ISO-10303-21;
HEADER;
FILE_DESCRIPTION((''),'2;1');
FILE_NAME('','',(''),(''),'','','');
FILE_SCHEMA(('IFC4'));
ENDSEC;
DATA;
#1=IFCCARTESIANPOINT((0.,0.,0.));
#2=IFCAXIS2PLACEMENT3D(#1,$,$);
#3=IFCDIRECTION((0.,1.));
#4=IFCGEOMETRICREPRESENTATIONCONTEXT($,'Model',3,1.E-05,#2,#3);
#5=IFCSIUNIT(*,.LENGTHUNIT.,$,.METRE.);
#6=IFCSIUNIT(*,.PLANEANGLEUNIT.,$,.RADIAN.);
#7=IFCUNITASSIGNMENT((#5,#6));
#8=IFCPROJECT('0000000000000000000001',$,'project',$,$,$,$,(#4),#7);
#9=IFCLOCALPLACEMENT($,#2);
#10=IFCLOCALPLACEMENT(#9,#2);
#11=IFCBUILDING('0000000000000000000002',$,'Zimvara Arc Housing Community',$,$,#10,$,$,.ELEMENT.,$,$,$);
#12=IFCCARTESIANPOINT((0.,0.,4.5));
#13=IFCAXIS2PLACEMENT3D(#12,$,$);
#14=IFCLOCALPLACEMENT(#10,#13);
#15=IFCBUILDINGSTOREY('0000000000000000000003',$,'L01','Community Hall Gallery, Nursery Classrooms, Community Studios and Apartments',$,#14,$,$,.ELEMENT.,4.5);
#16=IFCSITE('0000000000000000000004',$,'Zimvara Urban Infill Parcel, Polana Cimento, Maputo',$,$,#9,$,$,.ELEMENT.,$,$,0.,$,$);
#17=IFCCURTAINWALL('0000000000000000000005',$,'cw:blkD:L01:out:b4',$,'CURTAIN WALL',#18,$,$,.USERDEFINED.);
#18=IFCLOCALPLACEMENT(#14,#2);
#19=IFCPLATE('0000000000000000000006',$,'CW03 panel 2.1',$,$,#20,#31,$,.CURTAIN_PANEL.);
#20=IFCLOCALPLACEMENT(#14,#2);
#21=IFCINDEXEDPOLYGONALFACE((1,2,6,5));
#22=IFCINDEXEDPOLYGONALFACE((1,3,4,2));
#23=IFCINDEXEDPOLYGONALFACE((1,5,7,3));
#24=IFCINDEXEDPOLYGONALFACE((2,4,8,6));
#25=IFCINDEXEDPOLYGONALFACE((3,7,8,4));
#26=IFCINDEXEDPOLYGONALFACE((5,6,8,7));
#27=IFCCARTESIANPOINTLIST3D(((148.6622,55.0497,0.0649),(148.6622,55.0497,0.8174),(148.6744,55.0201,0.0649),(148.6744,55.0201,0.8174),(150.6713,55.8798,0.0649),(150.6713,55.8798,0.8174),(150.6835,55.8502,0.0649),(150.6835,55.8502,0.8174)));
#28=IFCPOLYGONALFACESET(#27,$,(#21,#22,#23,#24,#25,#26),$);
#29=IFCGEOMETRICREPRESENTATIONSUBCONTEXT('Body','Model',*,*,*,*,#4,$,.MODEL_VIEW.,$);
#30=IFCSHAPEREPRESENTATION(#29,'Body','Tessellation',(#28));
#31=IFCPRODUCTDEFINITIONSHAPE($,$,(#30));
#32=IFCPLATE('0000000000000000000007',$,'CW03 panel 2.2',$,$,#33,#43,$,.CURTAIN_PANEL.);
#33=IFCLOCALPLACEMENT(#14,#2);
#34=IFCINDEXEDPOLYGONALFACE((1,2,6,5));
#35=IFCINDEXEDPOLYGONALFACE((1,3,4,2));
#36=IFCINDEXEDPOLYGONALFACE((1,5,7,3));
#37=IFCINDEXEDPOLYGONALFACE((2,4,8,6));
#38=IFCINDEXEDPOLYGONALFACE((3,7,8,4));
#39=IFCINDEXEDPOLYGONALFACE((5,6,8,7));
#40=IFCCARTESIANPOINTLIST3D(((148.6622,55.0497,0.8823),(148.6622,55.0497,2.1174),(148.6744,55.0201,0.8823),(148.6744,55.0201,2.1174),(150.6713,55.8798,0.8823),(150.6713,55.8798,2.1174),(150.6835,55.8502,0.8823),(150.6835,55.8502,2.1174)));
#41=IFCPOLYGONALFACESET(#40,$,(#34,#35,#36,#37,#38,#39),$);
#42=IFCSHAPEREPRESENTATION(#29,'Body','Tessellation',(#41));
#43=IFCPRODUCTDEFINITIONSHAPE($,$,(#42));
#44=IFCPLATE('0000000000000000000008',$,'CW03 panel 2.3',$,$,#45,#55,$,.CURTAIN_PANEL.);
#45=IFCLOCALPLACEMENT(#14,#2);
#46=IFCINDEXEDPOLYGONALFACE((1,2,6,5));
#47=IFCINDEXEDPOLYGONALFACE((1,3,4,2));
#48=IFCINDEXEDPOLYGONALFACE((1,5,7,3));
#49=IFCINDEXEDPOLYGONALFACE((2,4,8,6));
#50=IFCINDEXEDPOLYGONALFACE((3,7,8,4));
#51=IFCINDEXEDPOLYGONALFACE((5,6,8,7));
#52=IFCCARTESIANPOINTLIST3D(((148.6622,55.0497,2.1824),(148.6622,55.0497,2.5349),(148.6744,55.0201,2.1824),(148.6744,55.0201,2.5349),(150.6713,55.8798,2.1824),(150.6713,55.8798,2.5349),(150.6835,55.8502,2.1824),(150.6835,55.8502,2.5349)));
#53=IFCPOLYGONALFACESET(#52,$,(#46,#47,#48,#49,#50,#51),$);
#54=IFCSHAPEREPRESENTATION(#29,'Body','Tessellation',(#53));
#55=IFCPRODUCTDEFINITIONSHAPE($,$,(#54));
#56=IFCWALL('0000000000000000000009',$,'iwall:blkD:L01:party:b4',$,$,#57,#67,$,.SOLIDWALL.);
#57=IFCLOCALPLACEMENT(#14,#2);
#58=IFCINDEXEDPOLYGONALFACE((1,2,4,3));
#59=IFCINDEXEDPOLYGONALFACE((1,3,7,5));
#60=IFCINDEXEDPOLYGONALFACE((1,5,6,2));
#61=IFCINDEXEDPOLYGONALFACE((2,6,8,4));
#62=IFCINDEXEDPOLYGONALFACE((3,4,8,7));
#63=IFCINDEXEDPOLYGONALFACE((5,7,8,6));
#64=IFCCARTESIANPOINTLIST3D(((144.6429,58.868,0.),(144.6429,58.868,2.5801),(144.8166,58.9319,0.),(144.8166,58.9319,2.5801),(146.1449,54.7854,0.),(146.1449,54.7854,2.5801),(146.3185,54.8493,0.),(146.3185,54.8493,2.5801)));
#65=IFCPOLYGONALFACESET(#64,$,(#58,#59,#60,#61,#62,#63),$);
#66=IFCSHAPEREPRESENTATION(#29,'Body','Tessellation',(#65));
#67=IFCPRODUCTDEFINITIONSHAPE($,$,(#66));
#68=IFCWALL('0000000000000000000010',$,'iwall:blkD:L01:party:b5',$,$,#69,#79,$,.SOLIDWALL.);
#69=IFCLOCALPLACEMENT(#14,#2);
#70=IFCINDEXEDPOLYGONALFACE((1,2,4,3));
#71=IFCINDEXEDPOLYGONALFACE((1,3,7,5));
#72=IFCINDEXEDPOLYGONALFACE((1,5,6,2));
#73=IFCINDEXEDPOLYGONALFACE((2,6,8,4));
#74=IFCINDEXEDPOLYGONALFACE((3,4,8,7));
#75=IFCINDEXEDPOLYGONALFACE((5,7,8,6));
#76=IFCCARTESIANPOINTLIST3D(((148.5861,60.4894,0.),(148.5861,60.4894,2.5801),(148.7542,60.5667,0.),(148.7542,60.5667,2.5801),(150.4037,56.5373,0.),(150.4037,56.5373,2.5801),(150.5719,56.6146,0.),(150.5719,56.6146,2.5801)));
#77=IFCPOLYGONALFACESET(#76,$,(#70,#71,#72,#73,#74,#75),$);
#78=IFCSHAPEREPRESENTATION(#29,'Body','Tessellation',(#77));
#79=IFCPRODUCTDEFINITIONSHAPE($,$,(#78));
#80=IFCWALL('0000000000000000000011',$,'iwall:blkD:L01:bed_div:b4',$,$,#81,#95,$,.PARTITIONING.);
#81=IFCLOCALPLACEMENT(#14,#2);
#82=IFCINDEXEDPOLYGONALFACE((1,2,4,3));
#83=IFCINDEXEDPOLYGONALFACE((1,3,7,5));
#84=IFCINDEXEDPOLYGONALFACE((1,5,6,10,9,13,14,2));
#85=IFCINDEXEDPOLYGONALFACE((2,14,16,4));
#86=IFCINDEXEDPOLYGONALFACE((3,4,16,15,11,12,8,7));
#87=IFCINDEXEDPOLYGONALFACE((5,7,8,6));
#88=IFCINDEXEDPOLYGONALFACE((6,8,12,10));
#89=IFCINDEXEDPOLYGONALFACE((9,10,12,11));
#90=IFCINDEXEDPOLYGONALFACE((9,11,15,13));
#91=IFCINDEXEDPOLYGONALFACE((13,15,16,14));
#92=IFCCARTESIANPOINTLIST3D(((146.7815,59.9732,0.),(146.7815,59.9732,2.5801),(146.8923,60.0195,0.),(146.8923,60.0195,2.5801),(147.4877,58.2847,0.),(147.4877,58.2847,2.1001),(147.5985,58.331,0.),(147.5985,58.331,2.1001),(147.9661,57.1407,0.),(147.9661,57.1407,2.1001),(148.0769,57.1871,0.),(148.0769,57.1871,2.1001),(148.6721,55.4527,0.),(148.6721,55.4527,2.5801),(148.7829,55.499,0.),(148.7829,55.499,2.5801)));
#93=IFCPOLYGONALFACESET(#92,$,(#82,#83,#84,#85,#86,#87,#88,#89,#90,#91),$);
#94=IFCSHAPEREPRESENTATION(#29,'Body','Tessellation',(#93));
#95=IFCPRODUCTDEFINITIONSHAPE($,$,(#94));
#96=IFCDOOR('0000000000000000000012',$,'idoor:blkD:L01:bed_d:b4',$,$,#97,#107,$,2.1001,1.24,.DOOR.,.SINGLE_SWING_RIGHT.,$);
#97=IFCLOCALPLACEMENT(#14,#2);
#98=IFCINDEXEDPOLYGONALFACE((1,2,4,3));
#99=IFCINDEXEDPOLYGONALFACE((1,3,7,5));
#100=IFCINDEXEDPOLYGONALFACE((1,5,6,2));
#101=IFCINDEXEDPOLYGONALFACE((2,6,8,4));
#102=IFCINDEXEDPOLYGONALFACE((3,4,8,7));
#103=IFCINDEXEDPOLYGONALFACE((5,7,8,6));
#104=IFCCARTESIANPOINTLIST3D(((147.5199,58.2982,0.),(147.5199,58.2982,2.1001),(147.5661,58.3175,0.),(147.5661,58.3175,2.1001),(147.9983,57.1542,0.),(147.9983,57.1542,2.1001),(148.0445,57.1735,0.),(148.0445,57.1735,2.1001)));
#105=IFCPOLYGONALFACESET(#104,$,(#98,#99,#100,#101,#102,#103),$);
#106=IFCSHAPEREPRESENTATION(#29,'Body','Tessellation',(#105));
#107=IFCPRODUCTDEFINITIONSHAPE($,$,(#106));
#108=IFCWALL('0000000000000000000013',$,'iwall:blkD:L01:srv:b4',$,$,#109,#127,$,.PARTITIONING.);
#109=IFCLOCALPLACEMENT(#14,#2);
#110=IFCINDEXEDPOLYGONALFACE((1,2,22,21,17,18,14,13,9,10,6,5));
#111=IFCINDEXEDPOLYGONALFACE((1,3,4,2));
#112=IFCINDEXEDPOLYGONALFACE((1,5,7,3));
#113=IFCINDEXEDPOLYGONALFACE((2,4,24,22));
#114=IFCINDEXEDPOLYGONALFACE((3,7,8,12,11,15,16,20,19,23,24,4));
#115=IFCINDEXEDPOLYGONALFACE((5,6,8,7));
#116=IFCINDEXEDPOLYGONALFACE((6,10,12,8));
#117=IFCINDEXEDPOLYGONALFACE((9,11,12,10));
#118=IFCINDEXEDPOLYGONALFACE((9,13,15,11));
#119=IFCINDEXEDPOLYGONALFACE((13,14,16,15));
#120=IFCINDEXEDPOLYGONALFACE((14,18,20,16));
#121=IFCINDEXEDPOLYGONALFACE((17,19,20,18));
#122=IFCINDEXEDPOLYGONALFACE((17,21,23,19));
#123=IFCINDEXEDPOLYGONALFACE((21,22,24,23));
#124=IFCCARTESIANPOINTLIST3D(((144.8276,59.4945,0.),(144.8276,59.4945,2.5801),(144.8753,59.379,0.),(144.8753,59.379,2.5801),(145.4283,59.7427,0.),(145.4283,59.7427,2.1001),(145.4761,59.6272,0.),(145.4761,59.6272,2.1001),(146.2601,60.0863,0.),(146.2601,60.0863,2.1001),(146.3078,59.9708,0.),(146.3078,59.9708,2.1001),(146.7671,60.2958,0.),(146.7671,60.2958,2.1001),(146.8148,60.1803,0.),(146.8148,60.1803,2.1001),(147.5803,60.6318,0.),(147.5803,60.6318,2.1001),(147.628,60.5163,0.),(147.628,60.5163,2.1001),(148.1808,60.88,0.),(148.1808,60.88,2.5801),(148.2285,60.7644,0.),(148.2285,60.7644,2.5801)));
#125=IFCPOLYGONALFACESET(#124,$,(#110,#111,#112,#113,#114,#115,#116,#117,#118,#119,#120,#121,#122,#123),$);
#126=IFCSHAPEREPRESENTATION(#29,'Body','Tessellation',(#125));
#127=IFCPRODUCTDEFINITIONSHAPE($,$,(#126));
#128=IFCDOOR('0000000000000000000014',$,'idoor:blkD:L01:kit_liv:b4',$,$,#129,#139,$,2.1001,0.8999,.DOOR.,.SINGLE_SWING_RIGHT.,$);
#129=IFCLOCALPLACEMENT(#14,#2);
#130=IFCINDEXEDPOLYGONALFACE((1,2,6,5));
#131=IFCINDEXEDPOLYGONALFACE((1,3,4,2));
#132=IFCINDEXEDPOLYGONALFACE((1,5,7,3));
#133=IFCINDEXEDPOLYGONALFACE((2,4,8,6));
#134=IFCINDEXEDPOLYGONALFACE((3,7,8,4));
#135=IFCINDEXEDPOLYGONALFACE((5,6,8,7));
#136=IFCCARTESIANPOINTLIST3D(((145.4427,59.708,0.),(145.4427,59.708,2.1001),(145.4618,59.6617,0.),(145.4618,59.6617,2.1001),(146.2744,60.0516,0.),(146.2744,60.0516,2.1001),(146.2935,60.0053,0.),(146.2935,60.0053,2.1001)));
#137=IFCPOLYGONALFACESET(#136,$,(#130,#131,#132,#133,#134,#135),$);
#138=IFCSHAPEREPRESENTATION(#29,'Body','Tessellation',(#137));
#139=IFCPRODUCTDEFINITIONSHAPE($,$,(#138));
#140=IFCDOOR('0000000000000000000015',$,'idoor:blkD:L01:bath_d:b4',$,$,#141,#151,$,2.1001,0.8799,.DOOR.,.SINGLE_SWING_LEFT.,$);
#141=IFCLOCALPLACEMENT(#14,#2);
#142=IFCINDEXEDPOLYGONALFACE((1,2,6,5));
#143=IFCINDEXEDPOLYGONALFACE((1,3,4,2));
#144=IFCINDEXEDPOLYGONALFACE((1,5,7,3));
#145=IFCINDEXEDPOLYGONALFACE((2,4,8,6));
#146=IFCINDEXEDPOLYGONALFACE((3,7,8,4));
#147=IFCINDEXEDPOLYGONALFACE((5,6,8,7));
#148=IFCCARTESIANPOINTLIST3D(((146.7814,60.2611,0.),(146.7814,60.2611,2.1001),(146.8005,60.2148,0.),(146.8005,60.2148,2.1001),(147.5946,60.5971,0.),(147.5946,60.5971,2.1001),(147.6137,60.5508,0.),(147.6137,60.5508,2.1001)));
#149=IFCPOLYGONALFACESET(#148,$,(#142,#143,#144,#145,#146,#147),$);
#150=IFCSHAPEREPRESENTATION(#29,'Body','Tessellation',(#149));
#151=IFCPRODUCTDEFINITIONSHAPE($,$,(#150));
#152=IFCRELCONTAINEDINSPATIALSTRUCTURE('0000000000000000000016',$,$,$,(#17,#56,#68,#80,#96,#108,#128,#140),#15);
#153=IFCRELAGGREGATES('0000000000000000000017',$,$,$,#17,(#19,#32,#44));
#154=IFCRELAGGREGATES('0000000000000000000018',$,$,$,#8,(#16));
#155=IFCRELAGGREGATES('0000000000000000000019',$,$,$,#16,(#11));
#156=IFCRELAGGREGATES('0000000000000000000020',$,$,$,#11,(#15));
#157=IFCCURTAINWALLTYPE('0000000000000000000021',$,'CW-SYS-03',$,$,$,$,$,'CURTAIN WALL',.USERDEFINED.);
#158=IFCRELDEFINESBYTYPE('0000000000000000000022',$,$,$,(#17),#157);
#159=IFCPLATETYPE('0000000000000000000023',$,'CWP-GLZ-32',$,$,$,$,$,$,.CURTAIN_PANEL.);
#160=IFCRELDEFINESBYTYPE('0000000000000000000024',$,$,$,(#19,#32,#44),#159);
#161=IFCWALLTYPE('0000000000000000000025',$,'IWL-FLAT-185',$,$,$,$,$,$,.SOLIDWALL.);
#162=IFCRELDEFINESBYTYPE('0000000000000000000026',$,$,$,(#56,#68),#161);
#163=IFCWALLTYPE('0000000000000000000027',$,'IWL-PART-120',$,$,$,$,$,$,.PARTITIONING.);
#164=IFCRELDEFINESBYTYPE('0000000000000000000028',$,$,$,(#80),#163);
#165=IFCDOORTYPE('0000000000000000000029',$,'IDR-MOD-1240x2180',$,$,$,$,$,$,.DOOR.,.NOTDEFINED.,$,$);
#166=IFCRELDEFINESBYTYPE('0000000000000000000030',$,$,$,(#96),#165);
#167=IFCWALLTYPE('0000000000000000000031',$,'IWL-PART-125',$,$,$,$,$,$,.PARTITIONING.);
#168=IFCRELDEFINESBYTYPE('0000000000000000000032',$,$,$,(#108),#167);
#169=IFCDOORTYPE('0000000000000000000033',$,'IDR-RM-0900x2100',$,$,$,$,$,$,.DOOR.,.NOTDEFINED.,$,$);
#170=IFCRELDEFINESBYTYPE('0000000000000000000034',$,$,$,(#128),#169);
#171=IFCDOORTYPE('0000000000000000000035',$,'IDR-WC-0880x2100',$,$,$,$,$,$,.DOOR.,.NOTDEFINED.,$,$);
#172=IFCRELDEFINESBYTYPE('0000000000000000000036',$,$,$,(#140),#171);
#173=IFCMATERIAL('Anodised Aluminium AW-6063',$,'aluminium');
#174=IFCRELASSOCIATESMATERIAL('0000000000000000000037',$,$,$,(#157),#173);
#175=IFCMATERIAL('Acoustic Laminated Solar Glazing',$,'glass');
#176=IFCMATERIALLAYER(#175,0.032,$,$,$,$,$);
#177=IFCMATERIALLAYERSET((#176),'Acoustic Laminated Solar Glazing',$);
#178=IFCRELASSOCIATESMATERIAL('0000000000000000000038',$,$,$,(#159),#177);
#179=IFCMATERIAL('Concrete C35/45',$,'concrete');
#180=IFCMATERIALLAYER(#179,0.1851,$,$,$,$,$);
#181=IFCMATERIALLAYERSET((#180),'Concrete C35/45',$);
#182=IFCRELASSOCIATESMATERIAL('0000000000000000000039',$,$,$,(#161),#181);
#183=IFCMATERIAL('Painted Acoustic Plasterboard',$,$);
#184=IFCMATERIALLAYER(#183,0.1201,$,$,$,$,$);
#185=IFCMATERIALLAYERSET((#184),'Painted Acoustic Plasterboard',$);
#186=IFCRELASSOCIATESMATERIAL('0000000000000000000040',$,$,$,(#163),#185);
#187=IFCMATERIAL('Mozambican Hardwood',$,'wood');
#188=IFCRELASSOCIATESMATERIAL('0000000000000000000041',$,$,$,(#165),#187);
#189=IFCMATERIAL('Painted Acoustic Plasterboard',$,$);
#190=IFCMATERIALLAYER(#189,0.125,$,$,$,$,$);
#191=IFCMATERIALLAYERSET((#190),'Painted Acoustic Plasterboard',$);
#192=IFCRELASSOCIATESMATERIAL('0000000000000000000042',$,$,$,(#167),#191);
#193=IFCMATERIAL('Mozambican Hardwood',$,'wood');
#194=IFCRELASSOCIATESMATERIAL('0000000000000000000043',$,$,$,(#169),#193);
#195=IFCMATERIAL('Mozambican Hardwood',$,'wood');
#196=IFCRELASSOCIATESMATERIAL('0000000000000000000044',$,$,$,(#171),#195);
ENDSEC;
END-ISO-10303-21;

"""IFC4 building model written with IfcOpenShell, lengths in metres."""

from ifc_helpers import new_model, si_unit, direction, frame, frame_2d, origin, origin_2d, place, context, subcontext, project, spatial, rectangle, extrude, material, layer, layer_set, type_object, element, fill, aggregate, save


model = new_model("IFC4")

# Units and contexts
model_context = context("Model", 3, precision=1e-05, world=origin(), true_north=direction((0.0, 1.0)))
body_context = subcontext(model_context, "Body", "Model", "MODEL_VIEW")
ifc_project = project(units=[si_unit("LENGTHUNIT", "METRE"), si_unit("PLANEANGLEUNIT", "RADIAN")], contexts=[model_context])

# Site, building, storey
site_placement = place(None, origin())
site = spatial("IfcSite", under=ifc_project, at=site_placement, Name="Zimvara Urban Infill Parcel, Polana Cimento, Maputo", CompositionType="ELEMENT", RefElevation=0.0)
building_placement = place(site_placement, origin())
building = spatial("IfcBuilding", under=site, at=building_placement, Name="Zimvara Arc Housing Community", CompositionType="ELEMENT")
storey_placement = place(building_placement, frame((0.0, 0.0, 4.5)))
storey = spatial("IfcBuildingStorey", under=building, at=storey_placement, Name="L01", Description="Community Hall Gallery, Nursery Classrooms, Community Studios and Apartments", CompositionType="ELEMENT", Elevation=4.5)

# Curtain wall
ifc_material_1 = material(Name="Anodised Aluminium AW-6063", Category="aluminium")
curtain_wall_type_1 = type_object("IfcCurtainWallType", Name="CW-SYS-03", ElementType="CURTAIN WALL", PredefinedType="USERDEFINED", material=ifc_material_1)
curtain_wall_1_placement = place(storey_placement, origin())
curtain_wall_1 = element("IfcCurtainWall", 1, at=curtain_wall_1_placement, inside=storey, type_object=curtain_wall_type_1, Name="cw:blkD:L01:out:b4", ObjectType="CURTAIN WALL", PredefinedType="USERDEFINED")

# Plates
ifc_material_2 = material(Name="Acoustic Laminated Solar Glazing", Category="glass")
ifc_layer_1 = layer(ifc_material_2, 0.032)
ifc_layer_set_1 = layer_set([ifc_layer_1], Name="Acoustic Laminated Solar Glazing")
plate_type = type_object("IfcPlateType", Name="CWP-GLZ-32", PredefinedType="CURTAIN_PANEL", material=ifc_layer_set_1)
plate_1_placement = place(storey_placement, frame((149.6729, 55.45, 0.0649), z_axis=(0.0, 0.0, 1.0), x_axis=(0.924213, 0.381876, 0.0)))
plate_1 = element("IfcPlate", 2, at=plate_1_placement, type_object=plate_type, Name="CW03 panel 2.1", PredefinedType="CURTAIN_PANEL", context=body_context, shape_type="SweptSolid", body=[
    extrude(rectangle(XDim=2.1738, YDim=0.032, at=origin_2d()), origin(), (0.0, 0.0, 1.0), 0.7524),
])
plate_2_placement = place(storey_placement, frame((149.6729, 55.45, 0.8823), z_axis=(0.0, 0.0, 1.0), x_axis=(0.924213, 0.381876, 0.0)))
plate_2 = element("IfcPlate", 3, at=plate_2_placement, type_object=plate_type, Name="CW03 panel 2.2", PredefinedType="CURTAIN_PANEL", context=body_context, shape_type="SweptSolid", body=[
    extrude(rectangle(XDim=2.1738, YDim=0.032, at=origin_2d()), origin(), (0.0, 0.0, 1.0), 1.2351),
])
plate_3_placement = place(storey_placement, frame((149.6729, 55.45, 2.1824), z_axis=(0.0, 0.0, 1.0), x_axis=(0.924213, 0.381876, 0.0)))
plate_3 = element("IfcPlate", 4, at=plate_3_placement, type_object=plate_type, Name="CW03 panel 2.3", PredefinedType="CURTAIN_PANEL", context=body_context, shape_type="SweptSolid", body=[
    extrude(rectangle(XDim=2.1738, YDim=0.032, at=origin_2d()), origin(), (0.0, 0.0, 1.0), 0.3525),
])
aggregate(curtain_wall_1, [plate_1, plate_2, plate_3])

# Walls
ifc_material_3 = material(Name="Concrete C35/45", Category="concrete")
ifc_layer_2 = layer(ifc_material_3, 0.1851)
ifc_layer_set_2 = layer_set([ifc_layer_2], Name="Concrete C35/45")
wall_type_1 = type_object("IfcWallType", Name="IWL-FLAT-185", PredefinedType="SOLIDWALL", material=ifc_layer_set_2)
for number, where, z_axis, x_axis, name in (
    (5, (144.7297, 58.8999, 0.0), (0.0, 0.0, 1.0), (0.345274, -0.938502, 0.0), "iwall:blkD:L01:party:b4"),
    (6, (148.6702, 60.5281, 0.0), (0.0, 0.0, 1.0), (0.417837, -0.908522, 0.0), "iwall:blkD:L01:party:b5"),
):
    element("IfcWall", number, at=place(storey_placement, frame(where, z_axis=z_axis, x_axis=x_axis)), inside=storey, type_object=wall_type_1, Name=name, PredefinedType="SOLIDWALL", context=body_context, shape_type="SweptSolid", body=[
        extrude(rectangle(XDim=4.3501, YDim=0.1851, at=frame_2d((2.175, 0.0))), origin(), (0.0, 0.0, 1.0), 2.5801),
    ])

# Wall, opening, door
ifc_material_4 = material(Name="Painted Acoustic Plasterboard")
ifc_layer_3 = layer(ifc_material_4, 0.1201)
ifc_layer_set_3 = layer_set([ifc_layer_3], Name="Painted Acoustic Plasterboard")
wall_type_2 = type_object("IfcWallType", Name="IWL-PART-120", PredefinedType="PARTITIONING", material=ifc_layer_set_3)
wall_1_placement = place(storey_placement, frame((146.8369, 59.9963, 0.0), z_axis=(0.0, 0.0, 1.0), x_axis=(0.385846, -0.922563, 0.0)))
wall_1 = element("IfcWall", 7, at=wall_1_placement, inside=storey, type_object=wall_type_2, Name="iwall:blkD:L01:bed_div:b4", PredefinedType="PARTITIONING", context=body_context, shape_type="SweptSolid", body=[
    extrude(rectangle(XDim=4.8999, YDim=0.1201, at=frame_2d((2.45, 0.0))), origin(), (0.0, 0.0, 1.0), 2.5801),
])
opening_1_placement = place(wall_1_placement, frame((1.8301, 0.0, 0.0)))
opening_1 = element("IfcOpeningElement", 8, at=opening_1_placement, cuts=wall_1, PredefinedType="OPENING", context=body_context, shape_type="SweptSolid", body=[
    extrude(rectangle(XDim=1.24, YDim=2.1001, at=frame_2d((0.6201, 1.05))), frame((0.0, 0.0701, 0.0), z_axis=(0.0, -1.0, 0.0), x_axis=(1.0, 0.0, 0.0)), (0.0, 0.0, 1.0), 0.1401),
])
ifc_material_5 = material(Name="Mozambican Hardwood", Category="wood")
door_type_1 = type_object("IfcDoorType", Name="IDR-MOD-1240x2180", OperationType="NOTDEFINED", PredefinedType="DOOR", material=ifc_material_5)
door_1_placement = place(opening_1_placement, origin())
door_1 = element("IfcDoor", 9, at=door_1_placement, inside=storey, type_object=door_type_1, Name="idoor:blkD:L01:bed_d:b4", OperationType="SINGLE_SWING_RIGHT", OverallHeight=2.1001, OverallWidth=1.24, PredefinedType="DOOR", context=body_context, shape_type="SweptSolid", body=[
    extrude(rectangle(XDim=1.24, YDim=2.1001, at=frame_2d((0.6201, 1.05))), frame((0.0, 0.0249, 0.0), z_axis=(0.0, -1.0, 0.0), x_axis=(1.0, 0.0, 0.0)), (0.0, 0.0, 1.0), 0.05),
])
fill(opening_1, door_1)

# Wall, openings, doors
ifc_material_6 = material(Name="Painted Acoustic Plasterboard")
ifc_layer_4 = layer(ifc_material_6, 0.125)
ifc_layer_set_4 = layer_set([ifc_layer_4], Name="Painted Acoustic Plasterboard")
wall_type_3 = type_object("IfcWallType", Name="IWL-PART-125", PredefinedType="PARTITIONING", material=ifc_layer_set_4)
wall_2_placement = place(storey_placement, frame((144.8516, 59.4368, 0.0), z_axis=(0.0, 0.0, 1.0), x_axis=(0.924218, 0.381866, 0.0)))
wall_2 = element("IfcWall", 10, at=wall_2_placement, inside=storey, type_object=wall_type_3, Name="iwall:blkD:L01:srv:b4", PredefinedType="PARTITIONING", context=body_context, shape_type="SweptSolid", body=[
    extrude(rectangle(XDim=3.6282, YDim=0.125, at=frame_2d((1.814, 0.0))), origin(), (0.0, 0.0, 1.0), 2.5801),
])
opening_2_placement = place(wall_2_placement, frame((0.6499, 0.0, 0.0)))
opening_2 = element("IfcOpeningElement", 11, at=opening_2_placement, cuts=wall_2, PredefinedType="OPENING", context=body_context, shape_type="SweptSolid", body=[
    extrude(rectangle(XDim=0.8999, YDim=2.1001, at=frame_2d((0.45, 1.05))), frame((0.0, 0.0725, 0.0), z_axis=(0.0, -1.0, 0.0), x_axis=(1.0, 0.0, 0.0)), (0.0, 0.0, 1.0), 0.145),
])
opening_3_placement = place(wall_2_placement, frame((2.0984, 0.0, 0.0)))
opening_3 = element("IfcOpeningElement", 12, at=opening_3_placement, cuts=wall_2, PredefinedType="OPENING", context=body_context, shape_type="SweptSolid", body=[
    extrude(rectangle(XDim=0.8799, YDim=2.1001, at=frame_2d((0.4399, 1.05))), frame((0.0, 0.0725, 0.0), z_axis=(0.0, -1.0, 0.0), x_axis=(1.0, 0.0, 0.0)), (0.0, 0.0, 1.0), 0.145),
])
ifc_material_7 = material(Name="Mozambican Hardwood", Category="wood")
door_type_2 = type_object("IfcDoorType", Name="IDR-RM-0900x2100", OperationType="NOTDEFINED", PredefinedType="DOOR", material=ifc_material_7)
door_2_placement = place(opening_2_placement, origin())
door_2 = element("IfcDoor", 13, at=door_2_placement, inside=storey, type_object=door_type_2, Name="idoor:blkD:L01:kit_liv:b4", OperationType="SINGLE_SWING_RIGHT", OverallHeight=2.1001, OverallWidth=0.8999, PredefinedType="DOOR", context=body_context, shape_type="SweptSolid", body=[
    extrude(rectangle(XDim=0.8999, YDim=2.1001, at=frame_2d((0.45, 1.05))), frame((0.0, 0.0249, 0.0), z_axis=(0.0, -1.0, 0.0), x_axis=(1.0, 0.0, 0.0)), (0.0, 0.0, 1.0), 0.05),
])
fill(opening_2, door_2)
ifc_material_8 = material(Name="Mozambican Hardwood", Category="wood")
door_type_3 = type_object("IfcDoorType", Name="IDR-WC-0880x2100", OperationType="NOTDEFINED", PredefinedType="DOOR", material=ifc_material_8)
door_3_placement = place(opening_3_placement, origin())
door_3 = element("IfcDoor", 14, at=door_3_placement, inside=storey, type_object=door_type_3, Name="idoor:blkD:L01:bath_d:b4", OperationType="SINGLE_SWING_LEFT", OverallHeight=2.1001, OverallWidth=0.8799, PredefinedType="DOOR", context=body_context, shape_type="SweptSolid", body=[
    extrude(rectangle(XDim=0.8799, YDim=2.1001, at=frame_2d((0.4399, 1.05))), frame((0.0, 0.0249, 0.0), z_axis=(0.0, -1.0, 0.0), x_axis=(1.0, 0.0, 0.0)), (0.0, 0.0, 1.0), 0.05),
])
fill(opening_3, door_3)

save(model, "model.ifc")
